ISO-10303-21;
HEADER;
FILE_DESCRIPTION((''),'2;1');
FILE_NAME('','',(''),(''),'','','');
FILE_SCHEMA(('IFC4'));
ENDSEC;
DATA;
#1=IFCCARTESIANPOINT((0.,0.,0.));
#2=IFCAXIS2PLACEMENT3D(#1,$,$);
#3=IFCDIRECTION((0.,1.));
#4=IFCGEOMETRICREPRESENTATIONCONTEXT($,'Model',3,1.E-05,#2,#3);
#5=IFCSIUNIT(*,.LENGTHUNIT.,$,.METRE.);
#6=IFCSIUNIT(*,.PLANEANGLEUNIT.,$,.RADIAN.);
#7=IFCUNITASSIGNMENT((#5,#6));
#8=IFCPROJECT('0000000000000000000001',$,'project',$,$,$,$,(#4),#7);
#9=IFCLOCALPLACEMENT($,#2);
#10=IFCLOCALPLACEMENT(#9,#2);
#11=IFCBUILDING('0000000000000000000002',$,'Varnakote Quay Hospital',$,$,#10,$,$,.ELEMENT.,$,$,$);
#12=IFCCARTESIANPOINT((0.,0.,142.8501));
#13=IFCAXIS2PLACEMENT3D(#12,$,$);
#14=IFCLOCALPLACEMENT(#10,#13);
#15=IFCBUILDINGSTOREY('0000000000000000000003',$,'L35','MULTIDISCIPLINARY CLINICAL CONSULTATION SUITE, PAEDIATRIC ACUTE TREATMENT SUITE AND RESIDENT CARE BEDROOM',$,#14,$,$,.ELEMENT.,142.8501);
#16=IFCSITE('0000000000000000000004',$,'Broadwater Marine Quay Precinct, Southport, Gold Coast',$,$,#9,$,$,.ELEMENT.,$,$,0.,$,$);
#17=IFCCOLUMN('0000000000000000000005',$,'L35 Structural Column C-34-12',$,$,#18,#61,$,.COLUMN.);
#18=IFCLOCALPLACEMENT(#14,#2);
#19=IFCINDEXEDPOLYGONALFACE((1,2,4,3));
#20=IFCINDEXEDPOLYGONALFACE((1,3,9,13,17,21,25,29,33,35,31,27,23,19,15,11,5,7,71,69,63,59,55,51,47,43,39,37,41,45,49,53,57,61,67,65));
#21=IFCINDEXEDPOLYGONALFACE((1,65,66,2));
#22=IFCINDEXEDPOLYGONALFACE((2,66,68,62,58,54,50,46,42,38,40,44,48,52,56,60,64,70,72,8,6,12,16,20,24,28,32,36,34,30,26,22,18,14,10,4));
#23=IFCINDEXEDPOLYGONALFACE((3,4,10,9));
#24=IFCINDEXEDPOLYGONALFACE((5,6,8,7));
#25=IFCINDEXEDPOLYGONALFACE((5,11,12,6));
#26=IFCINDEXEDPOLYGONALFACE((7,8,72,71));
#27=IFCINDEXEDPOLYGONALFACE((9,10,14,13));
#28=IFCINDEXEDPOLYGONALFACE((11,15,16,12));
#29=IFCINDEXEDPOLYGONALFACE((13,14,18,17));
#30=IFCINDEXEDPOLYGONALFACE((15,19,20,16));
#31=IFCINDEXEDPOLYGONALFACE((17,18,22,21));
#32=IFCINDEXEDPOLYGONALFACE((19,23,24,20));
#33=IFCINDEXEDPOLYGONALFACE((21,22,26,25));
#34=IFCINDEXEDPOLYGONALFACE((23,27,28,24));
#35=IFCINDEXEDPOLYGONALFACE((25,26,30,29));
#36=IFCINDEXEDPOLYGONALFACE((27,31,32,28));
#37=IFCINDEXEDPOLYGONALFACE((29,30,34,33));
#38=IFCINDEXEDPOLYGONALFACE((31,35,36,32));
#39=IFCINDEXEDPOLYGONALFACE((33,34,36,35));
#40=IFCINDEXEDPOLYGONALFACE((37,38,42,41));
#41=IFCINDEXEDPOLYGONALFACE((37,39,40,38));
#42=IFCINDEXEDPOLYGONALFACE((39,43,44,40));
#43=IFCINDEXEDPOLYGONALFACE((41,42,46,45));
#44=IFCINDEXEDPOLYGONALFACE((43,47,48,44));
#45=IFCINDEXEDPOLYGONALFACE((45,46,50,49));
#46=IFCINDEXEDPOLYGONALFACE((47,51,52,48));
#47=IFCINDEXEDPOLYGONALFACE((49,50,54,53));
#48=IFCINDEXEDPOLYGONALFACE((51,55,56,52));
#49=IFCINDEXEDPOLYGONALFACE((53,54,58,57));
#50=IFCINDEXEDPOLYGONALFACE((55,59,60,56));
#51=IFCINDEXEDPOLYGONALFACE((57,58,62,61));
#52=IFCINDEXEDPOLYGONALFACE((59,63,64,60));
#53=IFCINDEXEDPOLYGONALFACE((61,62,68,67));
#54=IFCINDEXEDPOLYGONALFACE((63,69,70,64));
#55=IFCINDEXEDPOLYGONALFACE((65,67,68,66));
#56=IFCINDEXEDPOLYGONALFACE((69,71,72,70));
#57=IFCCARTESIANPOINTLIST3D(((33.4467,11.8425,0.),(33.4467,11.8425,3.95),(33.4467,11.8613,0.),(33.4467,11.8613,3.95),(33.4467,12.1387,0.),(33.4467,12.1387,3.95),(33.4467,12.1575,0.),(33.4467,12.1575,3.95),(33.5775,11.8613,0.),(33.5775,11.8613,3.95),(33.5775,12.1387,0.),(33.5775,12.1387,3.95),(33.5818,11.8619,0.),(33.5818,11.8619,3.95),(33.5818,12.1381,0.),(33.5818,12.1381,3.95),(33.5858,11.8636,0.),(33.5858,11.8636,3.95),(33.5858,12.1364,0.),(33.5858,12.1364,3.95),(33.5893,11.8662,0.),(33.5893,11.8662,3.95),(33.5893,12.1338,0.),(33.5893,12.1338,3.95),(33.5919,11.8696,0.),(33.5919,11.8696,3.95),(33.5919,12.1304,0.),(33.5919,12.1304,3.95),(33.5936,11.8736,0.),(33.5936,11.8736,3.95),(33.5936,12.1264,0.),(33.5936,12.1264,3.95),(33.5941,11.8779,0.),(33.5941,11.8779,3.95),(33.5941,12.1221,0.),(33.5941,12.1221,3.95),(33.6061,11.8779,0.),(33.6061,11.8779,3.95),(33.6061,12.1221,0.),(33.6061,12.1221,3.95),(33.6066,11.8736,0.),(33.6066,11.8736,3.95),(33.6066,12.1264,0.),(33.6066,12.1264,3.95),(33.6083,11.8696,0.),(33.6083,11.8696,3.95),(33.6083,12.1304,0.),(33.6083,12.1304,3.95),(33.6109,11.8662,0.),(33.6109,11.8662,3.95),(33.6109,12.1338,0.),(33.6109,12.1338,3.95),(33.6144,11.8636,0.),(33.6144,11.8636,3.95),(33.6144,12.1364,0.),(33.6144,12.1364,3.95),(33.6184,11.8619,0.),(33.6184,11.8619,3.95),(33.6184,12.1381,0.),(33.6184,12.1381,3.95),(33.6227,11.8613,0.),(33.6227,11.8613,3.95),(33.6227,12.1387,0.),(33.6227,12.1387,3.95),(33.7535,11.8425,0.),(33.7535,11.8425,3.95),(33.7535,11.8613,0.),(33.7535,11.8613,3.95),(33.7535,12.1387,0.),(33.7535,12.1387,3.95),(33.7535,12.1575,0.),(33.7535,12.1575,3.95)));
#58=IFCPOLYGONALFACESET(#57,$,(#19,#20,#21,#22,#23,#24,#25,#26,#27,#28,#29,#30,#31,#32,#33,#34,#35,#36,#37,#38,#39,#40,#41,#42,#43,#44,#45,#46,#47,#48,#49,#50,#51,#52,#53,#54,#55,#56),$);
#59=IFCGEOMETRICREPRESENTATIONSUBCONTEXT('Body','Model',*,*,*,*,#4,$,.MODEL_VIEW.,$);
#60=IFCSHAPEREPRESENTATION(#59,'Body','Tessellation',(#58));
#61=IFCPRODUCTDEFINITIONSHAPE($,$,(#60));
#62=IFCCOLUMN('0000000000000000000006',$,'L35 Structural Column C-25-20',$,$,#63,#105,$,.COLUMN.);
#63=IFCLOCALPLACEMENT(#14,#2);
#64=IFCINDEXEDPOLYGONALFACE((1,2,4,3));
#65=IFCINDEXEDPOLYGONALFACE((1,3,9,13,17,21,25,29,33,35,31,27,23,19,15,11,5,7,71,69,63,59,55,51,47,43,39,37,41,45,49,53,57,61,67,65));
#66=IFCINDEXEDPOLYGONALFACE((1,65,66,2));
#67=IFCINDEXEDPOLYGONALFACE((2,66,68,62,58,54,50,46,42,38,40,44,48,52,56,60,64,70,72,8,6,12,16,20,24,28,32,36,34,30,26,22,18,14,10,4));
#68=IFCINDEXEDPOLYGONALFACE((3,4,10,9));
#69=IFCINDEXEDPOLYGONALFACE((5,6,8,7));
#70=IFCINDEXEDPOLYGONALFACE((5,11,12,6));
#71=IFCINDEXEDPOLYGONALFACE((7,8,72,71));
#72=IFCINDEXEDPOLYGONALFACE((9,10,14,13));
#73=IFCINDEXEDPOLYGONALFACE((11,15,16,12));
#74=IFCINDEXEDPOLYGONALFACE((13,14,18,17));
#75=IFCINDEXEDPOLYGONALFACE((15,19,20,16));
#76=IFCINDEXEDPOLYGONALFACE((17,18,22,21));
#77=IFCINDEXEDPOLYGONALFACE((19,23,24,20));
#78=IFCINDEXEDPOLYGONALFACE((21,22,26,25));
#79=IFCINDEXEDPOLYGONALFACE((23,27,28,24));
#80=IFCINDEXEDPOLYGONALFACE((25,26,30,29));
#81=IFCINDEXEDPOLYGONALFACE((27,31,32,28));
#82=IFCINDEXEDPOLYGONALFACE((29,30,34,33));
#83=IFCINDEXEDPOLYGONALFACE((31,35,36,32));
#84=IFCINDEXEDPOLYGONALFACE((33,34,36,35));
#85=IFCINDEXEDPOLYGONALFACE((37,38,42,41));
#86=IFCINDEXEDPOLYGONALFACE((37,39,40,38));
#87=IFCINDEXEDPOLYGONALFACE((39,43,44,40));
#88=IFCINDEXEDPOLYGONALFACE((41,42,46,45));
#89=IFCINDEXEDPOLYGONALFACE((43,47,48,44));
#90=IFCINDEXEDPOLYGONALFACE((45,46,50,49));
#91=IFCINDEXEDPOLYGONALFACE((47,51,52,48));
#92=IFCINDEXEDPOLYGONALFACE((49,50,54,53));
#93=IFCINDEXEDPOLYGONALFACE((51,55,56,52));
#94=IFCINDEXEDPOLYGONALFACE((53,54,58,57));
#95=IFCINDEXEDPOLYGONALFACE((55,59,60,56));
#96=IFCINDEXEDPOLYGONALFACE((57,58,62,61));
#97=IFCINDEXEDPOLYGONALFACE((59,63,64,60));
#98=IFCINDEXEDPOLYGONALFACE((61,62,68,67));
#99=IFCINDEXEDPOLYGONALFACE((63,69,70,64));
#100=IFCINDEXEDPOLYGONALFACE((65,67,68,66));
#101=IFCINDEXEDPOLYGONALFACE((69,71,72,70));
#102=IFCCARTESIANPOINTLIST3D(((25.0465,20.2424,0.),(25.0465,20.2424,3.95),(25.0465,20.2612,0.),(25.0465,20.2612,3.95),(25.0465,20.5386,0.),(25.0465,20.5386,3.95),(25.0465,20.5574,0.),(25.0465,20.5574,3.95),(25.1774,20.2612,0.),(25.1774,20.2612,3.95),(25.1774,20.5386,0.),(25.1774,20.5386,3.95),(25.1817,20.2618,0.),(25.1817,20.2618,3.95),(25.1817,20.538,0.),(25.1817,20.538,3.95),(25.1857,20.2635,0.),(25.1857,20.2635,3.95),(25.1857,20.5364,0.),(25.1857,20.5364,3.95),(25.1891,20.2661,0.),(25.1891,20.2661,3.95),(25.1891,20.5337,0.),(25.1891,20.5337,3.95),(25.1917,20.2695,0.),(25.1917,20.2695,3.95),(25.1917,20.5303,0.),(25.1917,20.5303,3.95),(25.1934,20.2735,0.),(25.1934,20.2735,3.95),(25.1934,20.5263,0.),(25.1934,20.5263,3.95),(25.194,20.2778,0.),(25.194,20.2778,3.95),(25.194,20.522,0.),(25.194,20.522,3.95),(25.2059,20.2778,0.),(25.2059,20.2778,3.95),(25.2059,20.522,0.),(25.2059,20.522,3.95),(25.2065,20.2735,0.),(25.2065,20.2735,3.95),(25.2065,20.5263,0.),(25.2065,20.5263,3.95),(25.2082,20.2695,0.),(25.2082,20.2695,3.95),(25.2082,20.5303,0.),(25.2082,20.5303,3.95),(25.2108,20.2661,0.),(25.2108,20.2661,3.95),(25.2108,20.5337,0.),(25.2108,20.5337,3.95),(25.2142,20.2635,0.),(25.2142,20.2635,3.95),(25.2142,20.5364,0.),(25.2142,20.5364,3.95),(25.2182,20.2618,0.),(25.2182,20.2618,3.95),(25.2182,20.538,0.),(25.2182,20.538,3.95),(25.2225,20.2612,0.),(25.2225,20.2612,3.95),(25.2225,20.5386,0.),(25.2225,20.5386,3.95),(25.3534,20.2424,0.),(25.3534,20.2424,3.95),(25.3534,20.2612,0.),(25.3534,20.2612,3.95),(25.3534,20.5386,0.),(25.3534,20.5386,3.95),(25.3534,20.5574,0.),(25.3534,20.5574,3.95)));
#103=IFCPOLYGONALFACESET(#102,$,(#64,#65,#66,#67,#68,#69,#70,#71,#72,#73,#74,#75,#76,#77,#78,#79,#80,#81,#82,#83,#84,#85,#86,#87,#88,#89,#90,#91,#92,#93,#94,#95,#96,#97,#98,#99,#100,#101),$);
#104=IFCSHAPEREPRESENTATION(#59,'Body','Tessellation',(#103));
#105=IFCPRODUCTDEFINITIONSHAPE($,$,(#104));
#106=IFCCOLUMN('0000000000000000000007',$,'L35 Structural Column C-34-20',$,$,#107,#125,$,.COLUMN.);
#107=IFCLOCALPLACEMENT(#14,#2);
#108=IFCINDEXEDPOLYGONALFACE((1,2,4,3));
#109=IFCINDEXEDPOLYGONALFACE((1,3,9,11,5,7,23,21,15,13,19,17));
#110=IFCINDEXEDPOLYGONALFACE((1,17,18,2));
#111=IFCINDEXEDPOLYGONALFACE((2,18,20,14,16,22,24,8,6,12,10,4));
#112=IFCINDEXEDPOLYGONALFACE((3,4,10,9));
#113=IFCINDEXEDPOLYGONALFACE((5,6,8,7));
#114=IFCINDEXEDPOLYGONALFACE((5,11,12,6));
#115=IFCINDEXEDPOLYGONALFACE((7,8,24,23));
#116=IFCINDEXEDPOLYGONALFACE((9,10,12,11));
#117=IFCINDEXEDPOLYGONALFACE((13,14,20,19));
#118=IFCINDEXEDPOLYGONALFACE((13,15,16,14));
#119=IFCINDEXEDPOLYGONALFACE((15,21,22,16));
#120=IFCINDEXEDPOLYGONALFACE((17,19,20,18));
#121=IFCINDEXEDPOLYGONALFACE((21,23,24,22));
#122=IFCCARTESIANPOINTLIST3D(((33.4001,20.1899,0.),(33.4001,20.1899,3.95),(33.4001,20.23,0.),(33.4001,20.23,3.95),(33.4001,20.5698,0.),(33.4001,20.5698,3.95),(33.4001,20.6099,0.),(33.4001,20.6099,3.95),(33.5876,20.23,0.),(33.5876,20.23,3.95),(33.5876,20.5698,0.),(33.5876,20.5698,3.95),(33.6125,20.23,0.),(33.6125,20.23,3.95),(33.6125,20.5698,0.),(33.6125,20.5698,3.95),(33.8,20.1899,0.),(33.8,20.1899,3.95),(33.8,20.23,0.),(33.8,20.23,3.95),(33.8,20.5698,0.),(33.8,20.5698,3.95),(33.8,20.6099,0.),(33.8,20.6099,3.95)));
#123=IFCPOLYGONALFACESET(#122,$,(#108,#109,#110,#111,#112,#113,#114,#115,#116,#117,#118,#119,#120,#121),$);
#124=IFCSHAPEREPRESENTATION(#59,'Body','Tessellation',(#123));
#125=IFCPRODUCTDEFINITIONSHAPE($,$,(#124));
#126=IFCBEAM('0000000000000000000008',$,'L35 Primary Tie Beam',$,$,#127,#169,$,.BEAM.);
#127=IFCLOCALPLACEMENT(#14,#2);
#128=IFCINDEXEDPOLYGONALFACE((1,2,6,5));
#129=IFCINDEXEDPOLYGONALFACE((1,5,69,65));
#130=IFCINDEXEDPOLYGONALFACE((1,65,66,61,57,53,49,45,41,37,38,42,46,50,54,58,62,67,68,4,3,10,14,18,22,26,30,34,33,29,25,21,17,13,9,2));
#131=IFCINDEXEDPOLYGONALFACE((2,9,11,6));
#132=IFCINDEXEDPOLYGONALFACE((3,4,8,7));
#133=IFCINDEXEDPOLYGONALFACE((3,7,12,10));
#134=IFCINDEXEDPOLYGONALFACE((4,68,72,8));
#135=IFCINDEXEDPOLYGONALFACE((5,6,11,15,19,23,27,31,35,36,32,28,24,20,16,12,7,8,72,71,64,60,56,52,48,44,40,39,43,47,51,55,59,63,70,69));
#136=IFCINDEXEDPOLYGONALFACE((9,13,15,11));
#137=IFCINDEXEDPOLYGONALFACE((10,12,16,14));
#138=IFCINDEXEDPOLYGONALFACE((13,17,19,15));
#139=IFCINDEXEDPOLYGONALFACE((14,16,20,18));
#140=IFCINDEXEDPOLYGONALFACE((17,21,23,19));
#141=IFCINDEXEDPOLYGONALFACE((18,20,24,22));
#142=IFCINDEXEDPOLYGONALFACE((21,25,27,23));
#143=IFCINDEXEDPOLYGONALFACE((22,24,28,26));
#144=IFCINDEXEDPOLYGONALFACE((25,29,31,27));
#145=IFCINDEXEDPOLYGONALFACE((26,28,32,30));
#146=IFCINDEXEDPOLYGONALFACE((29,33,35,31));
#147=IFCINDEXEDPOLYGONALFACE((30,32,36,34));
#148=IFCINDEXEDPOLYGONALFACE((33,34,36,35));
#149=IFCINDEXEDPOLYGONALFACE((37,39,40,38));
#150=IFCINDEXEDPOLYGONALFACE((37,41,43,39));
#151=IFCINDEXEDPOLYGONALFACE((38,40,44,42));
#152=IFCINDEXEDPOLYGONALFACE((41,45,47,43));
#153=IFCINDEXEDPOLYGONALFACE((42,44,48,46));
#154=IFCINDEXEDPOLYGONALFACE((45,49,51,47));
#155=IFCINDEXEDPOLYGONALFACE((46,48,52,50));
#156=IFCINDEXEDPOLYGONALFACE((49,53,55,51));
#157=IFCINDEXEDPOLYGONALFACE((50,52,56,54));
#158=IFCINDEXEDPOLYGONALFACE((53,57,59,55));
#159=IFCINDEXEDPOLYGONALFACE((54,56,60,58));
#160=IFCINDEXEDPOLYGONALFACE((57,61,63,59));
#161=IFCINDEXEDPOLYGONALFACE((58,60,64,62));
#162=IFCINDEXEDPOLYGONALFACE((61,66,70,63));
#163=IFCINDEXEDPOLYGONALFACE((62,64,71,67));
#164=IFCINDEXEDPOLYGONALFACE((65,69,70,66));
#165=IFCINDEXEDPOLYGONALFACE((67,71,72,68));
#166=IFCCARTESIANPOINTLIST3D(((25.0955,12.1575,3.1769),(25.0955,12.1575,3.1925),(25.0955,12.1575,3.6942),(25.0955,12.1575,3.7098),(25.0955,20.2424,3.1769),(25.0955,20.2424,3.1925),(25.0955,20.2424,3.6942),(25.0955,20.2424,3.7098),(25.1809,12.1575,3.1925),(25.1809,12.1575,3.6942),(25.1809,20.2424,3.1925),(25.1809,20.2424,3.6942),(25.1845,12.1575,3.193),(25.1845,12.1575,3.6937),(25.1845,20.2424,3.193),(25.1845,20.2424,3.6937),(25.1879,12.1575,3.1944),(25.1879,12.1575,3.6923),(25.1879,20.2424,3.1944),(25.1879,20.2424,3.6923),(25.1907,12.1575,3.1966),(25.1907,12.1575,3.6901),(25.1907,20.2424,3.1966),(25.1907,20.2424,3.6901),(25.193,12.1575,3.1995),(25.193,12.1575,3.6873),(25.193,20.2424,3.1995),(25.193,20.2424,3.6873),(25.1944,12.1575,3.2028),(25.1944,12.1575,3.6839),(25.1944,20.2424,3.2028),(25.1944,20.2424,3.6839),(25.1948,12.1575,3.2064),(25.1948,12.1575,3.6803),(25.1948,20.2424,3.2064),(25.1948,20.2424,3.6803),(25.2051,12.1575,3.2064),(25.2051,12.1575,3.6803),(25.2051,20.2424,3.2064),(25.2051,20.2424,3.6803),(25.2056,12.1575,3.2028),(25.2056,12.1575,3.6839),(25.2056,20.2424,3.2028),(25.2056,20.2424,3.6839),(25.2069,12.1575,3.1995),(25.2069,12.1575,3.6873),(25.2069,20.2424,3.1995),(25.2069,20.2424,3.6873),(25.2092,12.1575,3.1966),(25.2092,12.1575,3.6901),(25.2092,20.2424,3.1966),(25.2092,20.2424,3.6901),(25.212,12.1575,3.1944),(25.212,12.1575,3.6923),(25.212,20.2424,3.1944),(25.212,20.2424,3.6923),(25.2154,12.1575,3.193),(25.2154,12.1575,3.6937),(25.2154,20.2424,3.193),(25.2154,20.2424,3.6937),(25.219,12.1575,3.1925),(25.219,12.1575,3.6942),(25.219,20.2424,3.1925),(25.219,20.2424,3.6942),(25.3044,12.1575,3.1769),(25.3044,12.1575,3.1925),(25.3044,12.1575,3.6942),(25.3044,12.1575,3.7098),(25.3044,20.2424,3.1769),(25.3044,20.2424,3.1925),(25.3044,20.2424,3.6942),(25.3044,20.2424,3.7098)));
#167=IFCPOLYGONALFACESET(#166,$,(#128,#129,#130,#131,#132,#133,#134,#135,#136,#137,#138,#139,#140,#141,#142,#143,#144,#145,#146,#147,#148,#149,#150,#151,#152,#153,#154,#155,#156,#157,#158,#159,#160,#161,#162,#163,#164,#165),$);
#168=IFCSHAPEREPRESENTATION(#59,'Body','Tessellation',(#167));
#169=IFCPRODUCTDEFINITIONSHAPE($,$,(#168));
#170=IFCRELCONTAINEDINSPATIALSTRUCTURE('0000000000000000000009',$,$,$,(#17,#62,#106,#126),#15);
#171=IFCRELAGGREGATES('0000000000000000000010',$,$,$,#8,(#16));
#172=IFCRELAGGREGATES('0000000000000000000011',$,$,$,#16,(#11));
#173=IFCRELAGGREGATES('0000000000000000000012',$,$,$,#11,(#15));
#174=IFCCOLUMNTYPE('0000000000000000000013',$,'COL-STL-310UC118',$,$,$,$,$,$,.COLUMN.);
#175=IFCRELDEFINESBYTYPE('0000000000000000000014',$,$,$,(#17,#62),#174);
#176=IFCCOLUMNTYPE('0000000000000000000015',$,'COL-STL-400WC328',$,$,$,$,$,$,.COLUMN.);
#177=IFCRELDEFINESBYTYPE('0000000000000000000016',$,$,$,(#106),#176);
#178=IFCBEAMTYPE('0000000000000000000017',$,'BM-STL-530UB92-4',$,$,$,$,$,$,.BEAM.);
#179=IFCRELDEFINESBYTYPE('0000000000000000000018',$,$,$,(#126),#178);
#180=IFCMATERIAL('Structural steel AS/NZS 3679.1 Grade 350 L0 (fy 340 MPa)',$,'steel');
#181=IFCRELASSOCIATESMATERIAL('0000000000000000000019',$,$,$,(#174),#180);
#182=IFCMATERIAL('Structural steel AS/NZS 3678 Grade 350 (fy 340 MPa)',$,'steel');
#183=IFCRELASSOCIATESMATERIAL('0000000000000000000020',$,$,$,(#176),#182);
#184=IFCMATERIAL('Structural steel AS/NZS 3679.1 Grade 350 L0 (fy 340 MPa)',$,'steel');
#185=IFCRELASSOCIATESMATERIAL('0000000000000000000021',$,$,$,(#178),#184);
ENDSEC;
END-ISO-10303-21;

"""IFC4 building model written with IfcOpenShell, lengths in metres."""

from ifc_helpers import new_model, si_unit, direction, frame, origin, origin_2d, place, context, subcontext, project, spatial, i_section, extrude, material, material_profile, profile_set, type_object, element, save


model = new_model("IFC4")

# Units and contexts
model_context = context("Model", 3, precision=1e-05, world=origin(), true_north=direction((0.0, 1.0)))
body_context = subcontext(model_context, "Body", "Model", "MODEL_VIEW")
ifc_project = project(units=[si_unit("LENGTHUNIT", "METRE"), si_unit("PLANEANGLEUNIT", "RADIAN")], contexts=[model_context])

# Site, building, storey
site_placement = place(None, origin())
site = spatial("IfcSite", under=ifc_project, at=site_placement, Name="Broadwater Marine Quay Precinct, Southport, Gold Coast", CompositionType="ELEMENT", RefElevation=0.0)
building_placement = place(site_placement, origin())
building = spatial("IfcBuilding", under=site, at=building_placement, Name="Varnakote Quay Hospital", CompositionType="ELEMENT")
storey_placement = place(building_placement, frame((0.0, 0.0, 142.8501)))
storey = spatial("IfcBuildingStorey", under=building, at=storey_placement, Name="L35", Description="MULTIDISCIPLINARY CLINICAL CONSULTATION SUITE, PAEDIATRIC ACUTE TREATMENT SUITE AND RESIDENT CARE BEDROOM", CompositionType="ELEMENT", Elevation=142.8501)

# Columns
ifc_material_1 = material(Name="Structural steel AS/NZS 3679.1 Grade 350 L0 (fy 340 MPa)", Category="steel")
ifc_material_profile_1 = material_profile(ifc_material_1, i_section(OverallWidth=0.3069, OverallDepth=0.3149, WebThickness=0.012, FlangeThickness=0.0188, FilletRadius=0.0166, at=origin_2d()), Name="310UC118")
ifc_profile_set_1 = profile_set([ifc_material_profile_1], Name="Structural steel AS/NZS 3679.1 Grade 350 L0 (fy 340 MPa)")
column_type_1 = type_object("IfcColumnType", Name="COL-STL-310UC118", PredefinedType="COLUMN", material=ifc_profile_set_1)
for number, where, z_axis, x_axis, name in (
    (1, (33.6001, 12.0, 0.0), (0.0, 0.0, 1.0), (1.0, 0.0, 0.0), "L35 Structural Column C-34-12"),
    (2, (25.2, 20.3999, 0.0), (0.0, 0.0, 1.0), (1.0, 0.0, 0.0), "L35 Structural Column C-25-20"),
):
    element("IfcColumn", number, at=place(storey_placement, frame(where, z_axis=z_axis, x_axis=x_axis)), inside=storey, type_object=column_type_1, Name=name, PredefinedType="COLUMN", context=body_context, shape_type="SweptSolid", body=[
        extrude(i_section(OverallWidth=0.3069, OverallDepth=0.3149, WebThickness=0.012, FlangeThickness=0.0188, FilletRadius=0.0166, at=origin_2d()), origin(), (0.0, 0.0, 1.0), 3.95),
    ])
ifc_material_2 = material(Name="Structural steel AS/NZS 3678 Grade 350 (fy 340 MPa)", Category="steel")
ifc_material_profile_2 = material_profile(ifc_material_2, i_section(OverallWidth=0.3999, OverallDepth=0.4199, WebThickness=0.0249, FlangeThickness=0.04, at=origin_2d()), Name="400WC328")
ifc_profile_set_2 = profile_set([ifc_material_profile_2], Name="Structural steel AS/NZS 3678 Grade 350 (fy 340 MPa)")
column_type_2 = type_object("IfcColumnType", Name="COL-STL-400WC328", PredefinedType="COLUMN", material=ifc_profile_set_2)
column_placement = place(storey_placement, frame((33.6001, 20.3999, 0.0), z_axis=(0.0, 0.0, 1.0), x_axis=(1.0, 0.0, 0.0)))
element("IfcColumn", 3, at=column_placement, inside=storey, type_object=column_type_2, Name="L35 Structural Column C-34-20", PredefinedType="COLUMN", context=body_context, shape_type="SweptSolid", body=[
    extrude(i_section(OverallWidth=0.3999, OverallDepth=0.4199, WebThickness=0.0249, FlangeThickness=0.04, at=origin_2d()), origin(), (0.0, 0.0, 1.0), 3.95),
])

# Beam
ifc_material_3 = material(Name="Structural steel AS/NZS 3679.1 Grade 350 L0 (fy 340 MPa)", Category="steel")
ifc_material_profile_3 = material_profile(ifc_material_3, i_section(OverallWidth=0.209, OverallDepth=0.533, WebThickness=0.0103, FlangeThickness=0.0156, FilletRadius=0.0139, at=origin_2d()), Name="530UB92.4")
ifc_profile_set_3 = profile_set([ifc_material_profile_3], Name="Structural steel AS/NZS 3679.1 Grade 350 L0 (fy 340 MPa)")
beam_type_1 = type_object("IfcBeamType", Name="BM-STL-530UB92-4", PredefinedType="BEAM", material=ifc_profile_set_3)
for number, where, z_axis, x_axis, name in (
    (4, (25.2, 12.1575, 3.4434), (0.0, 1.0, 0.0), (-1.0, 0.0, 0.0), "L35 Primary Tie Beam"),
):
    element("IfcBeam", number, at=place(storey_placement, frame(where, z_axis=z_axis, x_axis=x_axis)), inside=storey, type_object=beam_type_1, Name=name, PredefinedType="BEAM", context=body_context, shape_type="SweptSolid", body=[
        extrude(i_section(OverallWidth=0.209, OverallDepth=0.533, WebThickness=0.0103, FlangeThickness=0.0156, FilletRadius=0.0139, at=origin_2d()), origin(), (0.0, 0.0, 1.0), 8.085),
    ])

save(model, "model.ifc")
